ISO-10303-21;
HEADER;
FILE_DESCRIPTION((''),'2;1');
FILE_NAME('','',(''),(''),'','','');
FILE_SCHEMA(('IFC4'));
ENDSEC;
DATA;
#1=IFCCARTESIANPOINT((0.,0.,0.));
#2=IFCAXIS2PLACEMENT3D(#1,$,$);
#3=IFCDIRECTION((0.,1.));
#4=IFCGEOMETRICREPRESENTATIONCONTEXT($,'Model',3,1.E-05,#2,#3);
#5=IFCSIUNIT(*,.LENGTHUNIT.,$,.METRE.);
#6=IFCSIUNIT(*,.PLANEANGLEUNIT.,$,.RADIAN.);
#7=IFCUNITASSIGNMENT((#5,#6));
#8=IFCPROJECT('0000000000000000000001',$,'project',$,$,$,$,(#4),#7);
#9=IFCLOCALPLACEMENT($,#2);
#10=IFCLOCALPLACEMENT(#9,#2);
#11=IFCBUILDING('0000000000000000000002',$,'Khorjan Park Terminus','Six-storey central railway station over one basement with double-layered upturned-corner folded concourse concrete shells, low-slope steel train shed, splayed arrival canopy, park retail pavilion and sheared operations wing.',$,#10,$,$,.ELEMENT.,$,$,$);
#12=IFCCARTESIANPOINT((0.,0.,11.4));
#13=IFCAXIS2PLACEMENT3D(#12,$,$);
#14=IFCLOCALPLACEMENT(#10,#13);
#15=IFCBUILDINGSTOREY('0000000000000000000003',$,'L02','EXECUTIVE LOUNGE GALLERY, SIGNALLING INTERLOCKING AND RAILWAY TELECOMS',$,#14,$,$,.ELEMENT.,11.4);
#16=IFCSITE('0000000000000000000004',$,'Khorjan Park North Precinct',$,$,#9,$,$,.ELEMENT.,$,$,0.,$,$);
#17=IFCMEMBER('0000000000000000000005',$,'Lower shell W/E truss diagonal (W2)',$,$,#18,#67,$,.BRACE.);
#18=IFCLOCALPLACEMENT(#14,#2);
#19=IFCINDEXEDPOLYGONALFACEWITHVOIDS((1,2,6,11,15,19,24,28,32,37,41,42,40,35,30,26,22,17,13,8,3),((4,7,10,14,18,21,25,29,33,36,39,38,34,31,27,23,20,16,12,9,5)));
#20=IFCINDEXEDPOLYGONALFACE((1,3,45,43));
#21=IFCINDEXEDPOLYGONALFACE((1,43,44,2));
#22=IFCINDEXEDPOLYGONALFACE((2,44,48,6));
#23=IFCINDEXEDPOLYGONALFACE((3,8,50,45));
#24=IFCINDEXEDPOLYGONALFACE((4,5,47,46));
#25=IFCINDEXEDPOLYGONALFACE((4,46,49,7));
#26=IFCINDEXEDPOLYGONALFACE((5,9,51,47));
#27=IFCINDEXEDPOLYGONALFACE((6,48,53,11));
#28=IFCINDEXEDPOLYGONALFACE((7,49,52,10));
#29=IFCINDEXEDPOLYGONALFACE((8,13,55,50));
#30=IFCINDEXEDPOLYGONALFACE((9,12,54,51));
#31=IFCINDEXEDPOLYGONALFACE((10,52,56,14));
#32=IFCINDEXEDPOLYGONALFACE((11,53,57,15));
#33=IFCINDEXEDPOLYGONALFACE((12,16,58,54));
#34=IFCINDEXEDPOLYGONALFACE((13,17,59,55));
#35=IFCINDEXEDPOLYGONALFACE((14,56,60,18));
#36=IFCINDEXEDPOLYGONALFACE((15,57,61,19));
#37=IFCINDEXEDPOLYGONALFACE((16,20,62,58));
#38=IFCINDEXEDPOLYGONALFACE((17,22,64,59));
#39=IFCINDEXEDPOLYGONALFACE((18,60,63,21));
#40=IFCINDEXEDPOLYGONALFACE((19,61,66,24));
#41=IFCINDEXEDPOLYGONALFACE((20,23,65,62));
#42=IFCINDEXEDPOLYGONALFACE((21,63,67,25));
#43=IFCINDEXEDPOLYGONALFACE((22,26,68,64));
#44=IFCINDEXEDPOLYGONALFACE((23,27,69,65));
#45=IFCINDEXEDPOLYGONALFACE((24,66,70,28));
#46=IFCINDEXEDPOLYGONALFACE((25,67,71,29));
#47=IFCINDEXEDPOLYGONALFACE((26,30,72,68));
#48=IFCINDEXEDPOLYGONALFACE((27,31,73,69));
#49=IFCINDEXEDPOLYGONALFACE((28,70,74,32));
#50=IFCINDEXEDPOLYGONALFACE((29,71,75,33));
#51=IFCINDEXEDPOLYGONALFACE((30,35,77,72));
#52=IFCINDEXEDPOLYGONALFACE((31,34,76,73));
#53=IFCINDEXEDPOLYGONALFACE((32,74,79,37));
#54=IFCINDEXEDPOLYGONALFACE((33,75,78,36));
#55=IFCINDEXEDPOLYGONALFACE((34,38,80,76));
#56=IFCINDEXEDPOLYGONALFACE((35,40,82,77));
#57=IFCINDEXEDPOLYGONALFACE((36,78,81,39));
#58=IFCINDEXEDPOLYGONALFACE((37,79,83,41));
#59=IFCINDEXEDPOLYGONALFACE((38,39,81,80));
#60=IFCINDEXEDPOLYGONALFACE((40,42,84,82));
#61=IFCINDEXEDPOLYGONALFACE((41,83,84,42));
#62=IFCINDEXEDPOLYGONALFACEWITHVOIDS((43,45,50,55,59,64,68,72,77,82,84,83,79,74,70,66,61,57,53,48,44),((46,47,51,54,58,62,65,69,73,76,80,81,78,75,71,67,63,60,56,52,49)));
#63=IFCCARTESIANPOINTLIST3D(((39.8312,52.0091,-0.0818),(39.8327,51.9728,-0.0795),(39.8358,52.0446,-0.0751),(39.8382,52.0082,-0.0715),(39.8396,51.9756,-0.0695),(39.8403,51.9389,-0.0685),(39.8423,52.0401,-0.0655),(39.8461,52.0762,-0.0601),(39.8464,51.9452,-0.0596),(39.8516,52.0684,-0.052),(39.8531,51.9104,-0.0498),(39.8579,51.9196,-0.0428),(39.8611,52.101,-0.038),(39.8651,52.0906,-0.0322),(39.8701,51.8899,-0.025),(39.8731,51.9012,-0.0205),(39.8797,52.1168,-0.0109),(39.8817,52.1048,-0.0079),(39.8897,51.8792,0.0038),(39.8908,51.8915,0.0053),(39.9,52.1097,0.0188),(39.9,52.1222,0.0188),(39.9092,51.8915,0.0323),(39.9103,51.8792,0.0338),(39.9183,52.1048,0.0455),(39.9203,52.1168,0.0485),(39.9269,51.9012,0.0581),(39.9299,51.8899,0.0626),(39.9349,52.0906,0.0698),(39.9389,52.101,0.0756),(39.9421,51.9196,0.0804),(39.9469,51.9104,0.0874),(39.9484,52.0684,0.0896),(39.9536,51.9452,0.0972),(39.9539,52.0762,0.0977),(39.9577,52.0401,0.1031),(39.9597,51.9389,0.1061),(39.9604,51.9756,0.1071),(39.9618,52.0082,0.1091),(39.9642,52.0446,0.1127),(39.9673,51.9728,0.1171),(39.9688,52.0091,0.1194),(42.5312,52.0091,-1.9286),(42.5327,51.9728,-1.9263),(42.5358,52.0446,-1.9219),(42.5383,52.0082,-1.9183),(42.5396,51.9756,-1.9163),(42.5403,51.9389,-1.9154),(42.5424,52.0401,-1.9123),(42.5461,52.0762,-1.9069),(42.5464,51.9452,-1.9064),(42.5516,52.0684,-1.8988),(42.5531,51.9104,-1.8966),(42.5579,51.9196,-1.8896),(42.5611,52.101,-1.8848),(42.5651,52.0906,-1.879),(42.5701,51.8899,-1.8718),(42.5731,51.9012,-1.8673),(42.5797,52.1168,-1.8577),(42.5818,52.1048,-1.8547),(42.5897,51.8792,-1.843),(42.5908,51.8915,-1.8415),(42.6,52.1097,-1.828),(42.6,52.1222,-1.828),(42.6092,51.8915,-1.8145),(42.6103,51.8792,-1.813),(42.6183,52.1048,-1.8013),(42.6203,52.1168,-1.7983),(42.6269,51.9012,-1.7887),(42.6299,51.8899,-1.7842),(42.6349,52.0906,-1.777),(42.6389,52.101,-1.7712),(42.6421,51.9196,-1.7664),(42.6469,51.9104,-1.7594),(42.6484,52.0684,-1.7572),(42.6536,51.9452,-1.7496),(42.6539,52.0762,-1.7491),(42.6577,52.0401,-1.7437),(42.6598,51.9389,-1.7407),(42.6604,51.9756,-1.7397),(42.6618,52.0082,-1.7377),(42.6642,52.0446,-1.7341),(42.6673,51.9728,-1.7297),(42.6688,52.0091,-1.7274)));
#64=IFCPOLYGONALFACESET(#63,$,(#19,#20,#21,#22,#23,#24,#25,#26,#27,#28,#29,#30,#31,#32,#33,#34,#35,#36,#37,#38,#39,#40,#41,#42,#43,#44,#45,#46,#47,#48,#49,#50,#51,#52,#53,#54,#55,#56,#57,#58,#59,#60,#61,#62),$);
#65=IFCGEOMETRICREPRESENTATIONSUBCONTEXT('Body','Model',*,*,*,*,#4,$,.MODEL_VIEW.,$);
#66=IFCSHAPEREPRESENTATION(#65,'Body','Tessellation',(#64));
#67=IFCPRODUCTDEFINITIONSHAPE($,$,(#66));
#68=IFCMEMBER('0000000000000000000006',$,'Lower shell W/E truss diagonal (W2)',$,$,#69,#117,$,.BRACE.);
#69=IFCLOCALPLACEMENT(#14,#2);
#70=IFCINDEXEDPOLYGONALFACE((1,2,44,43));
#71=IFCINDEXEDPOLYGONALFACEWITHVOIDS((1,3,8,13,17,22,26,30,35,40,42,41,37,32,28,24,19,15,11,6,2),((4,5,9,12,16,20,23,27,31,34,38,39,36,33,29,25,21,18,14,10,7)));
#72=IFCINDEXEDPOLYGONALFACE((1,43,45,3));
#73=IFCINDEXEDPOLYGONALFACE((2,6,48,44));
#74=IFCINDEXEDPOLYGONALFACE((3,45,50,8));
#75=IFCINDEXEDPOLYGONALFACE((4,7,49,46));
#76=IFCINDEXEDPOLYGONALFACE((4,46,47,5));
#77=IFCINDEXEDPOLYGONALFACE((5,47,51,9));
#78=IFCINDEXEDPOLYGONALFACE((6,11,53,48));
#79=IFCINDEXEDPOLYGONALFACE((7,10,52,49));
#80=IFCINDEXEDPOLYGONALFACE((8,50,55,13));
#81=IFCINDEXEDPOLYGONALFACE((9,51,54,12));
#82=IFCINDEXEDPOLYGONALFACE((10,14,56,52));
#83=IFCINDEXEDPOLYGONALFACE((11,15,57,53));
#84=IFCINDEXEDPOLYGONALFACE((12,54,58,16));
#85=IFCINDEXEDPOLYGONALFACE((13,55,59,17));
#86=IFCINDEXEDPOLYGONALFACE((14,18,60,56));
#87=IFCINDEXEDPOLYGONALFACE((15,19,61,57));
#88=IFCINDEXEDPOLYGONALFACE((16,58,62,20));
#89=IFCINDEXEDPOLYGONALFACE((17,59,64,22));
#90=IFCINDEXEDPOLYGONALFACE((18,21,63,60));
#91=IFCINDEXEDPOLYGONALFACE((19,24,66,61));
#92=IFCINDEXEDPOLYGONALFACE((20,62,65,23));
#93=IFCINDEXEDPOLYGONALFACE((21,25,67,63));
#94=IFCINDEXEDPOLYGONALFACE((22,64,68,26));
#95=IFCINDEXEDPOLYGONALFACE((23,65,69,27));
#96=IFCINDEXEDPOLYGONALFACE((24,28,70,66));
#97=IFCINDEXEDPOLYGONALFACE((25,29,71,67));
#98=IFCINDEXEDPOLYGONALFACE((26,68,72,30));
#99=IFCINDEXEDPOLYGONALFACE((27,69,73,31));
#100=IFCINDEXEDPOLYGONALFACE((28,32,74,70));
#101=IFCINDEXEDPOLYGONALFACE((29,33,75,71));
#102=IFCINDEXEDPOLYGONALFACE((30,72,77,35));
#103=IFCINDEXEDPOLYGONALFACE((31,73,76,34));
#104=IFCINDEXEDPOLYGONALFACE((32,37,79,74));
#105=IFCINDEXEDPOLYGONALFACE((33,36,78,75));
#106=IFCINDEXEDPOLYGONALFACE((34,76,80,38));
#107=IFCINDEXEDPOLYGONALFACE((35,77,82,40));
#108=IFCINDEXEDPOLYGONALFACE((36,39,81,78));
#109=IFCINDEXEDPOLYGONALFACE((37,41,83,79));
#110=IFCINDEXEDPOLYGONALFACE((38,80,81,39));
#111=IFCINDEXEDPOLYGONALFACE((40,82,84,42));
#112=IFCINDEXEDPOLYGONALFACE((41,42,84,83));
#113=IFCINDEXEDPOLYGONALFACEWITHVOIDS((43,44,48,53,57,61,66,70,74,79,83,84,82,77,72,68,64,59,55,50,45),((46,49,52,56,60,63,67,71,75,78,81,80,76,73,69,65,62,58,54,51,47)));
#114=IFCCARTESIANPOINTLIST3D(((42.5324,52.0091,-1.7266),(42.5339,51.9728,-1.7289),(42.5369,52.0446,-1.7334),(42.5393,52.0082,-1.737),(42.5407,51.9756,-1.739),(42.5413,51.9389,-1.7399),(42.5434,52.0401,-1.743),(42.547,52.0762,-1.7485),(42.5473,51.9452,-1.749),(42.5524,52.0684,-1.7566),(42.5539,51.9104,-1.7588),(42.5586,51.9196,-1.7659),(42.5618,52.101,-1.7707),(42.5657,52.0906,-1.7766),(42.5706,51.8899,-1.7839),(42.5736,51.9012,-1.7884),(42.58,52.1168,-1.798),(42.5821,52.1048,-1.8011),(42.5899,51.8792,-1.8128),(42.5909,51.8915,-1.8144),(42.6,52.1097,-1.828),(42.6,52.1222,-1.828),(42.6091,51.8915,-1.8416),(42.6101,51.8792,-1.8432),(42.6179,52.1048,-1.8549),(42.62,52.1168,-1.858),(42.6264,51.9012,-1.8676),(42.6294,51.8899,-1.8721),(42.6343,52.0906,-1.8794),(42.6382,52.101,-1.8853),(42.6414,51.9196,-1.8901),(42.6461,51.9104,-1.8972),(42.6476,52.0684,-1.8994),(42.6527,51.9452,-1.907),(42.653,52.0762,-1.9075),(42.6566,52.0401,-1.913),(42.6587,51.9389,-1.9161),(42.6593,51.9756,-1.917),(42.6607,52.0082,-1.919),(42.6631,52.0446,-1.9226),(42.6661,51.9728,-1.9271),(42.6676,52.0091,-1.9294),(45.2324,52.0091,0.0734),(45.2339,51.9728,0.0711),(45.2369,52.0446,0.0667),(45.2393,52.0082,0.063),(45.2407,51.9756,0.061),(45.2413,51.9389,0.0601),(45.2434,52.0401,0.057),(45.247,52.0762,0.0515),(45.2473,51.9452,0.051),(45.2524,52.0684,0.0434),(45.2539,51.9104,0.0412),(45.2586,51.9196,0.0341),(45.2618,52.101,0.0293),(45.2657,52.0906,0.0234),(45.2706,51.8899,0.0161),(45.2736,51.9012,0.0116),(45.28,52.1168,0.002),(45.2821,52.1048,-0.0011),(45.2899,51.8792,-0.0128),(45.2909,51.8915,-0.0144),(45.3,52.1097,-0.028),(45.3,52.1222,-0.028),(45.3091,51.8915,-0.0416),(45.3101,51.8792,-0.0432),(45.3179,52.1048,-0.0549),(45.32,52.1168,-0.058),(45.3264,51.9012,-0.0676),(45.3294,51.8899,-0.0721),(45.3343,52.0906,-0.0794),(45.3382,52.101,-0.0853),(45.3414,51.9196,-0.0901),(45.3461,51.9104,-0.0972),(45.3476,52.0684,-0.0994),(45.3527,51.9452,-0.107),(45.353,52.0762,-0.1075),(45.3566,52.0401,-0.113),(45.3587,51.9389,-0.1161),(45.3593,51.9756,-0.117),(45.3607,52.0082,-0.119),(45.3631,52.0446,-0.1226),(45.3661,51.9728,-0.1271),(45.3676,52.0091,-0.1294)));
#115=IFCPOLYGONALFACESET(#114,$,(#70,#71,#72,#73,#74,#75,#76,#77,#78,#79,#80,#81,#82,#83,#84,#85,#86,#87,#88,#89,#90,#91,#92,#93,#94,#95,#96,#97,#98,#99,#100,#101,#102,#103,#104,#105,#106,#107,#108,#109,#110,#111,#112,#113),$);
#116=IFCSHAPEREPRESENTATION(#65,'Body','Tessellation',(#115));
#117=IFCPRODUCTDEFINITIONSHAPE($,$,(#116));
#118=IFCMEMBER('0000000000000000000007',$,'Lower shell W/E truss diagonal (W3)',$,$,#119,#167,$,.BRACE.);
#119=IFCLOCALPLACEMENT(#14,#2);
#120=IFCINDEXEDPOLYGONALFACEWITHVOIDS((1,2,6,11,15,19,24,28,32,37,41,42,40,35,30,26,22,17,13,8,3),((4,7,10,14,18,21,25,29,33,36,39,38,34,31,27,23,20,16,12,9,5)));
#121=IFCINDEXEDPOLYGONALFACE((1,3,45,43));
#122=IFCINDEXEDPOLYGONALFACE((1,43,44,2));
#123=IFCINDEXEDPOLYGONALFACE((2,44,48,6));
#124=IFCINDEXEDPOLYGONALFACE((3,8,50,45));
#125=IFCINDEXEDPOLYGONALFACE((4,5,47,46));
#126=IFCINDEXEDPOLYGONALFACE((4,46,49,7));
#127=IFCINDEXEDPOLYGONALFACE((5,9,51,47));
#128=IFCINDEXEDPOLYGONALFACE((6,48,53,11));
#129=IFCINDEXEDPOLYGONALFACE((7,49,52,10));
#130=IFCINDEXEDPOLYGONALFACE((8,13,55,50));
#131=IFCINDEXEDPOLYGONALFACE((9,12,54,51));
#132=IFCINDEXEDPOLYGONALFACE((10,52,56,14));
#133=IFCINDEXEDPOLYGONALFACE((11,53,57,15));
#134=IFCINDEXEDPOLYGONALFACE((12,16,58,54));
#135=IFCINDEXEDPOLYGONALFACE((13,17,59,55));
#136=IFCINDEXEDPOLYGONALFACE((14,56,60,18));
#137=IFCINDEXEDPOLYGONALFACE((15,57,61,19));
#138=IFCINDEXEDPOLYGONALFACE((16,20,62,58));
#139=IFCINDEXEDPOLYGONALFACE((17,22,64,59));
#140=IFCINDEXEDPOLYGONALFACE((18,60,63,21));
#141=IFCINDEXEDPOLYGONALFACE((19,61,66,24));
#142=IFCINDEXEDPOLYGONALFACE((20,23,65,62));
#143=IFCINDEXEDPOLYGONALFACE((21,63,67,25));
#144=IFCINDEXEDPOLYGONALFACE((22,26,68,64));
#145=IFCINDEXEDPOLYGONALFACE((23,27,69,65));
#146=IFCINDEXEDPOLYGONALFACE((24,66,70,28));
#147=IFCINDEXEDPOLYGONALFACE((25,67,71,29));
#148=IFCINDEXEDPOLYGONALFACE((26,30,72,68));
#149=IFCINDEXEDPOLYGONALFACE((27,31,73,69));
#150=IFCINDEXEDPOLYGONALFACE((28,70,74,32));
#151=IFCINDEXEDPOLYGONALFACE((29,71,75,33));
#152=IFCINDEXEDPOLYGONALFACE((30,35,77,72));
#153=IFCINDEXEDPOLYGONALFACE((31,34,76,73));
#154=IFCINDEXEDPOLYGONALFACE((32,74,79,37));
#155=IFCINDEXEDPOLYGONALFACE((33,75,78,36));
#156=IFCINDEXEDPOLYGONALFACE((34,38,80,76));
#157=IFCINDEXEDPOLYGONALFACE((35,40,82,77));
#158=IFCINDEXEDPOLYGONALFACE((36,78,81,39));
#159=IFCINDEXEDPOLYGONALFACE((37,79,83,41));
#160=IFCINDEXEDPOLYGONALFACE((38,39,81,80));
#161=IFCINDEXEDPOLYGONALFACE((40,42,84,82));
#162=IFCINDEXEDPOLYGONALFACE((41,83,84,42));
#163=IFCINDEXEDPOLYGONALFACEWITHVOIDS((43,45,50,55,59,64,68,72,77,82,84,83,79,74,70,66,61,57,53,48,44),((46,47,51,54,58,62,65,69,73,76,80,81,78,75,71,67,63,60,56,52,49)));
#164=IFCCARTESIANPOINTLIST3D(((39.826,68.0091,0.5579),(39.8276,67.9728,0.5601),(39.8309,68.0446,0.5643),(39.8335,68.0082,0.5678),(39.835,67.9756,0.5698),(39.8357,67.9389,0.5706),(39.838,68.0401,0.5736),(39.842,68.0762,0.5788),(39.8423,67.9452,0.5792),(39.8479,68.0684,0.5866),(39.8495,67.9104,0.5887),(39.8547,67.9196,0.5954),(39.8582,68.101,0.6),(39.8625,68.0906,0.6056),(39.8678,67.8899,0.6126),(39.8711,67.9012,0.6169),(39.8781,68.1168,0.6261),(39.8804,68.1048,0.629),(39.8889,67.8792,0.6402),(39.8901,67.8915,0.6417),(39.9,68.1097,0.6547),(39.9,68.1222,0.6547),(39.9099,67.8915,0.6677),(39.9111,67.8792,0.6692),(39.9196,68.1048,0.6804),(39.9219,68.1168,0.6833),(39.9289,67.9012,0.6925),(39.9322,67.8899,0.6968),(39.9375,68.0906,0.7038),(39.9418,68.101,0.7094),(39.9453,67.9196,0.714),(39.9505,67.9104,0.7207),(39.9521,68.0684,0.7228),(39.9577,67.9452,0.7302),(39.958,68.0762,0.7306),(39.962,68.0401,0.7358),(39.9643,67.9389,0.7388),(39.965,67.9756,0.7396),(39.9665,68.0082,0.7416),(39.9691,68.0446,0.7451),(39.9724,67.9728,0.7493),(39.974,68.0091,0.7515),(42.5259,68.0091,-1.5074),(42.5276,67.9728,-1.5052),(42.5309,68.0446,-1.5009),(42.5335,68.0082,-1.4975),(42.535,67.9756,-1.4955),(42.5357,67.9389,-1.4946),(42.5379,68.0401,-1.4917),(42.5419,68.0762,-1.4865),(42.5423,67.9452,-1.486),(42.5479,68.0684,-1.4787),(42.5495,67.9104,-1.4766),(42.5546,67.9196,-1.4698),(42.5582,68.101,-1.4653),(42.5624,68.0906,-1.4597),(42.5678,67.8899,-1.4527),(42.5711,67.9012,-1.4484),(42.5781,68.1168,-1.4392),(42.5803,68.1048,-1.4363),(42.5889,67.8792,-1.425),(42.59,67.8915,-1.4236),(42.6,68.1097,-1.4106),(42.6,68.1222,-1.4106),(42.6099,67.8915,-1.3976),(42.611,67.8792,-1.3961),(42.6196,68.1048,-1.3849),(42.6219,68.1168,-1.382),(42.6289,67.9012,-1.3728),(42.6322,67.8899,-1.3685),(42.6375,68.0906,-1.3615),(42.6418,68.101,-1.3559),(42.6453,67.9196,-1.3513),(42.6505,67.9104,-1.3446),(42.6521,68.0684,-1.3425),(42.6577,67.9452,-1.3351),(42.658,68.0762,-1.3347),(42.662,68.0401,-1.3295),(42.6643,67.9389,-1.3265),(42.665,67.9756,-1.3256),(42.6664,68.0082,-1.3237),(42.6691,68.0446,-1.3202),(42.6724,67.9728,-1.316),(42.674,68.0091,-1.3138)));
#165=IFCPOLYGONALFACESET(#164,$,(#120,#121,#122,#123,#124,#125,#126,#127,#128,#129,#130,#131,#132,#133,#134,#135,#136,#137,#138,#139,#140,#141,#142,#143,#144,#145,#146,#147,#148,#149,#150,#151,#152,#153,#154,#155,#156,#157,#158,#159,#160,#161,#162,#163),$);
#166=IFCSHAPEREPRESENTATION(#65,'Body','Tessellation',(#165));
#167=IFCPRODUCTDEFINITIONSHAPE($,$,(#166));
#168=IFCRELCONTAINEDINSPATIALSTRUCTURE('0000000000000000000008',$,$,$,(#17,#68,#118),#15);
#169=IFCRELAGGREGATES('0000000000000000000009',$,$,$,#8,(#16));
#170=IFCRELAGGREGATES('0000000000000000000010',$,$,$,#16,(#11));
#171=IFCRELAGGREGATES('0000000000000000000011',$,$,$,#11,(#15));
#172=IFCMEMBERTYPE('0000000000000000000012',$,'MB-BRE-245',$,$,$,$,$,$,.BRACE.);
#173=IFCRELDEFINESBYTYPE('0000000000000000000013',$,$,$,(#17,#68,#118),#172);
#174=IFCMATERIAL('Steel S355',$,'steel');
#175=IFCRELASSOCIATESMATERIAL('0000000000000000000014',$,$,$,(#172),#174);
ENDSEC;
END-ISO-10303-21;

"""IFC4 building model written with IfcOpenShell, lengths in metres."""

from ifc_helpers import new_model, si_unit, direction, frame, origin, origin_2d, place, context, subcontext, project, spatial, hollow_circle, extrude, material, material_profile, profile_set, type_object, element, save


model = new_model("IFC4")

# Units and contexts
model_context = context("Model", 3, precision=1e-05, world=origin(), true_north=direction((0.0, 1.0)))
body_context = subcontext(model_context, "Body", "Model", "MODEL_VIEW")
ifc_project = project(units=[si_unit("LENGTHUNIT", "METRE"), si_unit("PLANEANGLEUNIT", "RADIAN")], contexts=[model_context])

# Site, building, storey
site_placement = place(None, origin())
site = spatial("IfcSite", under=ifc_project, at=site_placement, Name="Khorjan Park North Precinct", CompositionType="ELEMENT", RefElevation=0.0)
building_placement = place(site_placement, origin())
building = spatial("IfcBuilding", under=site, at=building_placement, Name="Khorjan Park Terminus", Description="Six-storey central railway station over one basement with double-layered upturned-corner folded concourse concrete shells, low-slope steel train shed, splayed arrival canopy, park retail pavilion and sheared operations wing.", CompositionType="ELEMENT")
storey_placement = place(building_placement, frame((0.0, 0.0, 11.4)))
storey = spatial("IfcBuildingStorey", under=building, at=storey_placement, Name="L02", Description="EXECUTIVE LOUNGE GALLERY, SIGNALLING INTERLOCKING AND RAILWAY TELECOMS", CompositionType="ELEMENT", Elevation=11.4)

# Members
ifc_material_1 = material(Name="Steel S355", Category="steel")
ifc_material_profile_1 = material_profile(ifc_material_1, hollow_circle(Radius=0.1222, WallThickness=0.0125, at=origin_2d()), Name="CHS 244.5x12.5")
ifc_profile_set_1 = profile_set([ifc_material_profile_1], Name="Steel S355")
member_type_1 = type_object("IfcMemberType", Name="MB-BRE-245", PredefinedType="BRACE", material=ifc_profile_set_1)
member_1_placement = place(storey_placement, frame((39.9, 52.0, 0.0188), z_axis=(0.825388, 0.0, -0.564566), x_axis=(0.0, 1.0, 0.0)))
element("IfcMember", 1, at=member_1_placement, inside=storey, type_object=member_type_1, Name="Lower shell W/E truss diagonal (W2)", PredefinedType="BRACE", context=body_context, shape_type="SweptSolid", body=[
    extrude(hollow_circle(Radius=0.1222, WallThickness=0.0125, at=origin_2d()), origin(), (0.0, 0.0, 1.0), 3.2712),
])
member_2_placement = place(storey_placement, frame((42.6, 52.0, -1.828), z_axis=(0.83205, 0.0, 0.5547), x_axis=(0.0, 1.0, 0.0)))
element("IfcMember", 2, at=member_2_placement, inside=storey, type_object=member_type_1, Name="Lower shell W/E truss diagonal (W2)", PredefinedType="BRACE", context=body_context, shape_type="SweptSolid", body=[
    extrude(hollow_circle(Radius=0.1222, WallThickness=0.0125, at=origin_2d()), origin(), (0.0, 0.0, 1.0), 3.245),
])
member_3_placement = place(storey_placement, frame((39.9, 68.0, 0.6547), z_axis=(0.794273, 0.0, -0.60756), x_axis=(0.0, 1.0, 0.0)))
element("IfcMember", 3, at=member_3_placement, inside=storey, type_object=member_type_1, Name="Lower shell W/E truss diagonal (W3)", PredefinedType="BRACE", context=body_context, shape_type="SweptSolid", body=[
    extrude(hollow_circle(Radius=0.1222, WallThickness=0.0125, at=origin_2d()), origin(), (0.0, 0.0, 1.0), 3.3993),
])

save(model, "model.ifc")
